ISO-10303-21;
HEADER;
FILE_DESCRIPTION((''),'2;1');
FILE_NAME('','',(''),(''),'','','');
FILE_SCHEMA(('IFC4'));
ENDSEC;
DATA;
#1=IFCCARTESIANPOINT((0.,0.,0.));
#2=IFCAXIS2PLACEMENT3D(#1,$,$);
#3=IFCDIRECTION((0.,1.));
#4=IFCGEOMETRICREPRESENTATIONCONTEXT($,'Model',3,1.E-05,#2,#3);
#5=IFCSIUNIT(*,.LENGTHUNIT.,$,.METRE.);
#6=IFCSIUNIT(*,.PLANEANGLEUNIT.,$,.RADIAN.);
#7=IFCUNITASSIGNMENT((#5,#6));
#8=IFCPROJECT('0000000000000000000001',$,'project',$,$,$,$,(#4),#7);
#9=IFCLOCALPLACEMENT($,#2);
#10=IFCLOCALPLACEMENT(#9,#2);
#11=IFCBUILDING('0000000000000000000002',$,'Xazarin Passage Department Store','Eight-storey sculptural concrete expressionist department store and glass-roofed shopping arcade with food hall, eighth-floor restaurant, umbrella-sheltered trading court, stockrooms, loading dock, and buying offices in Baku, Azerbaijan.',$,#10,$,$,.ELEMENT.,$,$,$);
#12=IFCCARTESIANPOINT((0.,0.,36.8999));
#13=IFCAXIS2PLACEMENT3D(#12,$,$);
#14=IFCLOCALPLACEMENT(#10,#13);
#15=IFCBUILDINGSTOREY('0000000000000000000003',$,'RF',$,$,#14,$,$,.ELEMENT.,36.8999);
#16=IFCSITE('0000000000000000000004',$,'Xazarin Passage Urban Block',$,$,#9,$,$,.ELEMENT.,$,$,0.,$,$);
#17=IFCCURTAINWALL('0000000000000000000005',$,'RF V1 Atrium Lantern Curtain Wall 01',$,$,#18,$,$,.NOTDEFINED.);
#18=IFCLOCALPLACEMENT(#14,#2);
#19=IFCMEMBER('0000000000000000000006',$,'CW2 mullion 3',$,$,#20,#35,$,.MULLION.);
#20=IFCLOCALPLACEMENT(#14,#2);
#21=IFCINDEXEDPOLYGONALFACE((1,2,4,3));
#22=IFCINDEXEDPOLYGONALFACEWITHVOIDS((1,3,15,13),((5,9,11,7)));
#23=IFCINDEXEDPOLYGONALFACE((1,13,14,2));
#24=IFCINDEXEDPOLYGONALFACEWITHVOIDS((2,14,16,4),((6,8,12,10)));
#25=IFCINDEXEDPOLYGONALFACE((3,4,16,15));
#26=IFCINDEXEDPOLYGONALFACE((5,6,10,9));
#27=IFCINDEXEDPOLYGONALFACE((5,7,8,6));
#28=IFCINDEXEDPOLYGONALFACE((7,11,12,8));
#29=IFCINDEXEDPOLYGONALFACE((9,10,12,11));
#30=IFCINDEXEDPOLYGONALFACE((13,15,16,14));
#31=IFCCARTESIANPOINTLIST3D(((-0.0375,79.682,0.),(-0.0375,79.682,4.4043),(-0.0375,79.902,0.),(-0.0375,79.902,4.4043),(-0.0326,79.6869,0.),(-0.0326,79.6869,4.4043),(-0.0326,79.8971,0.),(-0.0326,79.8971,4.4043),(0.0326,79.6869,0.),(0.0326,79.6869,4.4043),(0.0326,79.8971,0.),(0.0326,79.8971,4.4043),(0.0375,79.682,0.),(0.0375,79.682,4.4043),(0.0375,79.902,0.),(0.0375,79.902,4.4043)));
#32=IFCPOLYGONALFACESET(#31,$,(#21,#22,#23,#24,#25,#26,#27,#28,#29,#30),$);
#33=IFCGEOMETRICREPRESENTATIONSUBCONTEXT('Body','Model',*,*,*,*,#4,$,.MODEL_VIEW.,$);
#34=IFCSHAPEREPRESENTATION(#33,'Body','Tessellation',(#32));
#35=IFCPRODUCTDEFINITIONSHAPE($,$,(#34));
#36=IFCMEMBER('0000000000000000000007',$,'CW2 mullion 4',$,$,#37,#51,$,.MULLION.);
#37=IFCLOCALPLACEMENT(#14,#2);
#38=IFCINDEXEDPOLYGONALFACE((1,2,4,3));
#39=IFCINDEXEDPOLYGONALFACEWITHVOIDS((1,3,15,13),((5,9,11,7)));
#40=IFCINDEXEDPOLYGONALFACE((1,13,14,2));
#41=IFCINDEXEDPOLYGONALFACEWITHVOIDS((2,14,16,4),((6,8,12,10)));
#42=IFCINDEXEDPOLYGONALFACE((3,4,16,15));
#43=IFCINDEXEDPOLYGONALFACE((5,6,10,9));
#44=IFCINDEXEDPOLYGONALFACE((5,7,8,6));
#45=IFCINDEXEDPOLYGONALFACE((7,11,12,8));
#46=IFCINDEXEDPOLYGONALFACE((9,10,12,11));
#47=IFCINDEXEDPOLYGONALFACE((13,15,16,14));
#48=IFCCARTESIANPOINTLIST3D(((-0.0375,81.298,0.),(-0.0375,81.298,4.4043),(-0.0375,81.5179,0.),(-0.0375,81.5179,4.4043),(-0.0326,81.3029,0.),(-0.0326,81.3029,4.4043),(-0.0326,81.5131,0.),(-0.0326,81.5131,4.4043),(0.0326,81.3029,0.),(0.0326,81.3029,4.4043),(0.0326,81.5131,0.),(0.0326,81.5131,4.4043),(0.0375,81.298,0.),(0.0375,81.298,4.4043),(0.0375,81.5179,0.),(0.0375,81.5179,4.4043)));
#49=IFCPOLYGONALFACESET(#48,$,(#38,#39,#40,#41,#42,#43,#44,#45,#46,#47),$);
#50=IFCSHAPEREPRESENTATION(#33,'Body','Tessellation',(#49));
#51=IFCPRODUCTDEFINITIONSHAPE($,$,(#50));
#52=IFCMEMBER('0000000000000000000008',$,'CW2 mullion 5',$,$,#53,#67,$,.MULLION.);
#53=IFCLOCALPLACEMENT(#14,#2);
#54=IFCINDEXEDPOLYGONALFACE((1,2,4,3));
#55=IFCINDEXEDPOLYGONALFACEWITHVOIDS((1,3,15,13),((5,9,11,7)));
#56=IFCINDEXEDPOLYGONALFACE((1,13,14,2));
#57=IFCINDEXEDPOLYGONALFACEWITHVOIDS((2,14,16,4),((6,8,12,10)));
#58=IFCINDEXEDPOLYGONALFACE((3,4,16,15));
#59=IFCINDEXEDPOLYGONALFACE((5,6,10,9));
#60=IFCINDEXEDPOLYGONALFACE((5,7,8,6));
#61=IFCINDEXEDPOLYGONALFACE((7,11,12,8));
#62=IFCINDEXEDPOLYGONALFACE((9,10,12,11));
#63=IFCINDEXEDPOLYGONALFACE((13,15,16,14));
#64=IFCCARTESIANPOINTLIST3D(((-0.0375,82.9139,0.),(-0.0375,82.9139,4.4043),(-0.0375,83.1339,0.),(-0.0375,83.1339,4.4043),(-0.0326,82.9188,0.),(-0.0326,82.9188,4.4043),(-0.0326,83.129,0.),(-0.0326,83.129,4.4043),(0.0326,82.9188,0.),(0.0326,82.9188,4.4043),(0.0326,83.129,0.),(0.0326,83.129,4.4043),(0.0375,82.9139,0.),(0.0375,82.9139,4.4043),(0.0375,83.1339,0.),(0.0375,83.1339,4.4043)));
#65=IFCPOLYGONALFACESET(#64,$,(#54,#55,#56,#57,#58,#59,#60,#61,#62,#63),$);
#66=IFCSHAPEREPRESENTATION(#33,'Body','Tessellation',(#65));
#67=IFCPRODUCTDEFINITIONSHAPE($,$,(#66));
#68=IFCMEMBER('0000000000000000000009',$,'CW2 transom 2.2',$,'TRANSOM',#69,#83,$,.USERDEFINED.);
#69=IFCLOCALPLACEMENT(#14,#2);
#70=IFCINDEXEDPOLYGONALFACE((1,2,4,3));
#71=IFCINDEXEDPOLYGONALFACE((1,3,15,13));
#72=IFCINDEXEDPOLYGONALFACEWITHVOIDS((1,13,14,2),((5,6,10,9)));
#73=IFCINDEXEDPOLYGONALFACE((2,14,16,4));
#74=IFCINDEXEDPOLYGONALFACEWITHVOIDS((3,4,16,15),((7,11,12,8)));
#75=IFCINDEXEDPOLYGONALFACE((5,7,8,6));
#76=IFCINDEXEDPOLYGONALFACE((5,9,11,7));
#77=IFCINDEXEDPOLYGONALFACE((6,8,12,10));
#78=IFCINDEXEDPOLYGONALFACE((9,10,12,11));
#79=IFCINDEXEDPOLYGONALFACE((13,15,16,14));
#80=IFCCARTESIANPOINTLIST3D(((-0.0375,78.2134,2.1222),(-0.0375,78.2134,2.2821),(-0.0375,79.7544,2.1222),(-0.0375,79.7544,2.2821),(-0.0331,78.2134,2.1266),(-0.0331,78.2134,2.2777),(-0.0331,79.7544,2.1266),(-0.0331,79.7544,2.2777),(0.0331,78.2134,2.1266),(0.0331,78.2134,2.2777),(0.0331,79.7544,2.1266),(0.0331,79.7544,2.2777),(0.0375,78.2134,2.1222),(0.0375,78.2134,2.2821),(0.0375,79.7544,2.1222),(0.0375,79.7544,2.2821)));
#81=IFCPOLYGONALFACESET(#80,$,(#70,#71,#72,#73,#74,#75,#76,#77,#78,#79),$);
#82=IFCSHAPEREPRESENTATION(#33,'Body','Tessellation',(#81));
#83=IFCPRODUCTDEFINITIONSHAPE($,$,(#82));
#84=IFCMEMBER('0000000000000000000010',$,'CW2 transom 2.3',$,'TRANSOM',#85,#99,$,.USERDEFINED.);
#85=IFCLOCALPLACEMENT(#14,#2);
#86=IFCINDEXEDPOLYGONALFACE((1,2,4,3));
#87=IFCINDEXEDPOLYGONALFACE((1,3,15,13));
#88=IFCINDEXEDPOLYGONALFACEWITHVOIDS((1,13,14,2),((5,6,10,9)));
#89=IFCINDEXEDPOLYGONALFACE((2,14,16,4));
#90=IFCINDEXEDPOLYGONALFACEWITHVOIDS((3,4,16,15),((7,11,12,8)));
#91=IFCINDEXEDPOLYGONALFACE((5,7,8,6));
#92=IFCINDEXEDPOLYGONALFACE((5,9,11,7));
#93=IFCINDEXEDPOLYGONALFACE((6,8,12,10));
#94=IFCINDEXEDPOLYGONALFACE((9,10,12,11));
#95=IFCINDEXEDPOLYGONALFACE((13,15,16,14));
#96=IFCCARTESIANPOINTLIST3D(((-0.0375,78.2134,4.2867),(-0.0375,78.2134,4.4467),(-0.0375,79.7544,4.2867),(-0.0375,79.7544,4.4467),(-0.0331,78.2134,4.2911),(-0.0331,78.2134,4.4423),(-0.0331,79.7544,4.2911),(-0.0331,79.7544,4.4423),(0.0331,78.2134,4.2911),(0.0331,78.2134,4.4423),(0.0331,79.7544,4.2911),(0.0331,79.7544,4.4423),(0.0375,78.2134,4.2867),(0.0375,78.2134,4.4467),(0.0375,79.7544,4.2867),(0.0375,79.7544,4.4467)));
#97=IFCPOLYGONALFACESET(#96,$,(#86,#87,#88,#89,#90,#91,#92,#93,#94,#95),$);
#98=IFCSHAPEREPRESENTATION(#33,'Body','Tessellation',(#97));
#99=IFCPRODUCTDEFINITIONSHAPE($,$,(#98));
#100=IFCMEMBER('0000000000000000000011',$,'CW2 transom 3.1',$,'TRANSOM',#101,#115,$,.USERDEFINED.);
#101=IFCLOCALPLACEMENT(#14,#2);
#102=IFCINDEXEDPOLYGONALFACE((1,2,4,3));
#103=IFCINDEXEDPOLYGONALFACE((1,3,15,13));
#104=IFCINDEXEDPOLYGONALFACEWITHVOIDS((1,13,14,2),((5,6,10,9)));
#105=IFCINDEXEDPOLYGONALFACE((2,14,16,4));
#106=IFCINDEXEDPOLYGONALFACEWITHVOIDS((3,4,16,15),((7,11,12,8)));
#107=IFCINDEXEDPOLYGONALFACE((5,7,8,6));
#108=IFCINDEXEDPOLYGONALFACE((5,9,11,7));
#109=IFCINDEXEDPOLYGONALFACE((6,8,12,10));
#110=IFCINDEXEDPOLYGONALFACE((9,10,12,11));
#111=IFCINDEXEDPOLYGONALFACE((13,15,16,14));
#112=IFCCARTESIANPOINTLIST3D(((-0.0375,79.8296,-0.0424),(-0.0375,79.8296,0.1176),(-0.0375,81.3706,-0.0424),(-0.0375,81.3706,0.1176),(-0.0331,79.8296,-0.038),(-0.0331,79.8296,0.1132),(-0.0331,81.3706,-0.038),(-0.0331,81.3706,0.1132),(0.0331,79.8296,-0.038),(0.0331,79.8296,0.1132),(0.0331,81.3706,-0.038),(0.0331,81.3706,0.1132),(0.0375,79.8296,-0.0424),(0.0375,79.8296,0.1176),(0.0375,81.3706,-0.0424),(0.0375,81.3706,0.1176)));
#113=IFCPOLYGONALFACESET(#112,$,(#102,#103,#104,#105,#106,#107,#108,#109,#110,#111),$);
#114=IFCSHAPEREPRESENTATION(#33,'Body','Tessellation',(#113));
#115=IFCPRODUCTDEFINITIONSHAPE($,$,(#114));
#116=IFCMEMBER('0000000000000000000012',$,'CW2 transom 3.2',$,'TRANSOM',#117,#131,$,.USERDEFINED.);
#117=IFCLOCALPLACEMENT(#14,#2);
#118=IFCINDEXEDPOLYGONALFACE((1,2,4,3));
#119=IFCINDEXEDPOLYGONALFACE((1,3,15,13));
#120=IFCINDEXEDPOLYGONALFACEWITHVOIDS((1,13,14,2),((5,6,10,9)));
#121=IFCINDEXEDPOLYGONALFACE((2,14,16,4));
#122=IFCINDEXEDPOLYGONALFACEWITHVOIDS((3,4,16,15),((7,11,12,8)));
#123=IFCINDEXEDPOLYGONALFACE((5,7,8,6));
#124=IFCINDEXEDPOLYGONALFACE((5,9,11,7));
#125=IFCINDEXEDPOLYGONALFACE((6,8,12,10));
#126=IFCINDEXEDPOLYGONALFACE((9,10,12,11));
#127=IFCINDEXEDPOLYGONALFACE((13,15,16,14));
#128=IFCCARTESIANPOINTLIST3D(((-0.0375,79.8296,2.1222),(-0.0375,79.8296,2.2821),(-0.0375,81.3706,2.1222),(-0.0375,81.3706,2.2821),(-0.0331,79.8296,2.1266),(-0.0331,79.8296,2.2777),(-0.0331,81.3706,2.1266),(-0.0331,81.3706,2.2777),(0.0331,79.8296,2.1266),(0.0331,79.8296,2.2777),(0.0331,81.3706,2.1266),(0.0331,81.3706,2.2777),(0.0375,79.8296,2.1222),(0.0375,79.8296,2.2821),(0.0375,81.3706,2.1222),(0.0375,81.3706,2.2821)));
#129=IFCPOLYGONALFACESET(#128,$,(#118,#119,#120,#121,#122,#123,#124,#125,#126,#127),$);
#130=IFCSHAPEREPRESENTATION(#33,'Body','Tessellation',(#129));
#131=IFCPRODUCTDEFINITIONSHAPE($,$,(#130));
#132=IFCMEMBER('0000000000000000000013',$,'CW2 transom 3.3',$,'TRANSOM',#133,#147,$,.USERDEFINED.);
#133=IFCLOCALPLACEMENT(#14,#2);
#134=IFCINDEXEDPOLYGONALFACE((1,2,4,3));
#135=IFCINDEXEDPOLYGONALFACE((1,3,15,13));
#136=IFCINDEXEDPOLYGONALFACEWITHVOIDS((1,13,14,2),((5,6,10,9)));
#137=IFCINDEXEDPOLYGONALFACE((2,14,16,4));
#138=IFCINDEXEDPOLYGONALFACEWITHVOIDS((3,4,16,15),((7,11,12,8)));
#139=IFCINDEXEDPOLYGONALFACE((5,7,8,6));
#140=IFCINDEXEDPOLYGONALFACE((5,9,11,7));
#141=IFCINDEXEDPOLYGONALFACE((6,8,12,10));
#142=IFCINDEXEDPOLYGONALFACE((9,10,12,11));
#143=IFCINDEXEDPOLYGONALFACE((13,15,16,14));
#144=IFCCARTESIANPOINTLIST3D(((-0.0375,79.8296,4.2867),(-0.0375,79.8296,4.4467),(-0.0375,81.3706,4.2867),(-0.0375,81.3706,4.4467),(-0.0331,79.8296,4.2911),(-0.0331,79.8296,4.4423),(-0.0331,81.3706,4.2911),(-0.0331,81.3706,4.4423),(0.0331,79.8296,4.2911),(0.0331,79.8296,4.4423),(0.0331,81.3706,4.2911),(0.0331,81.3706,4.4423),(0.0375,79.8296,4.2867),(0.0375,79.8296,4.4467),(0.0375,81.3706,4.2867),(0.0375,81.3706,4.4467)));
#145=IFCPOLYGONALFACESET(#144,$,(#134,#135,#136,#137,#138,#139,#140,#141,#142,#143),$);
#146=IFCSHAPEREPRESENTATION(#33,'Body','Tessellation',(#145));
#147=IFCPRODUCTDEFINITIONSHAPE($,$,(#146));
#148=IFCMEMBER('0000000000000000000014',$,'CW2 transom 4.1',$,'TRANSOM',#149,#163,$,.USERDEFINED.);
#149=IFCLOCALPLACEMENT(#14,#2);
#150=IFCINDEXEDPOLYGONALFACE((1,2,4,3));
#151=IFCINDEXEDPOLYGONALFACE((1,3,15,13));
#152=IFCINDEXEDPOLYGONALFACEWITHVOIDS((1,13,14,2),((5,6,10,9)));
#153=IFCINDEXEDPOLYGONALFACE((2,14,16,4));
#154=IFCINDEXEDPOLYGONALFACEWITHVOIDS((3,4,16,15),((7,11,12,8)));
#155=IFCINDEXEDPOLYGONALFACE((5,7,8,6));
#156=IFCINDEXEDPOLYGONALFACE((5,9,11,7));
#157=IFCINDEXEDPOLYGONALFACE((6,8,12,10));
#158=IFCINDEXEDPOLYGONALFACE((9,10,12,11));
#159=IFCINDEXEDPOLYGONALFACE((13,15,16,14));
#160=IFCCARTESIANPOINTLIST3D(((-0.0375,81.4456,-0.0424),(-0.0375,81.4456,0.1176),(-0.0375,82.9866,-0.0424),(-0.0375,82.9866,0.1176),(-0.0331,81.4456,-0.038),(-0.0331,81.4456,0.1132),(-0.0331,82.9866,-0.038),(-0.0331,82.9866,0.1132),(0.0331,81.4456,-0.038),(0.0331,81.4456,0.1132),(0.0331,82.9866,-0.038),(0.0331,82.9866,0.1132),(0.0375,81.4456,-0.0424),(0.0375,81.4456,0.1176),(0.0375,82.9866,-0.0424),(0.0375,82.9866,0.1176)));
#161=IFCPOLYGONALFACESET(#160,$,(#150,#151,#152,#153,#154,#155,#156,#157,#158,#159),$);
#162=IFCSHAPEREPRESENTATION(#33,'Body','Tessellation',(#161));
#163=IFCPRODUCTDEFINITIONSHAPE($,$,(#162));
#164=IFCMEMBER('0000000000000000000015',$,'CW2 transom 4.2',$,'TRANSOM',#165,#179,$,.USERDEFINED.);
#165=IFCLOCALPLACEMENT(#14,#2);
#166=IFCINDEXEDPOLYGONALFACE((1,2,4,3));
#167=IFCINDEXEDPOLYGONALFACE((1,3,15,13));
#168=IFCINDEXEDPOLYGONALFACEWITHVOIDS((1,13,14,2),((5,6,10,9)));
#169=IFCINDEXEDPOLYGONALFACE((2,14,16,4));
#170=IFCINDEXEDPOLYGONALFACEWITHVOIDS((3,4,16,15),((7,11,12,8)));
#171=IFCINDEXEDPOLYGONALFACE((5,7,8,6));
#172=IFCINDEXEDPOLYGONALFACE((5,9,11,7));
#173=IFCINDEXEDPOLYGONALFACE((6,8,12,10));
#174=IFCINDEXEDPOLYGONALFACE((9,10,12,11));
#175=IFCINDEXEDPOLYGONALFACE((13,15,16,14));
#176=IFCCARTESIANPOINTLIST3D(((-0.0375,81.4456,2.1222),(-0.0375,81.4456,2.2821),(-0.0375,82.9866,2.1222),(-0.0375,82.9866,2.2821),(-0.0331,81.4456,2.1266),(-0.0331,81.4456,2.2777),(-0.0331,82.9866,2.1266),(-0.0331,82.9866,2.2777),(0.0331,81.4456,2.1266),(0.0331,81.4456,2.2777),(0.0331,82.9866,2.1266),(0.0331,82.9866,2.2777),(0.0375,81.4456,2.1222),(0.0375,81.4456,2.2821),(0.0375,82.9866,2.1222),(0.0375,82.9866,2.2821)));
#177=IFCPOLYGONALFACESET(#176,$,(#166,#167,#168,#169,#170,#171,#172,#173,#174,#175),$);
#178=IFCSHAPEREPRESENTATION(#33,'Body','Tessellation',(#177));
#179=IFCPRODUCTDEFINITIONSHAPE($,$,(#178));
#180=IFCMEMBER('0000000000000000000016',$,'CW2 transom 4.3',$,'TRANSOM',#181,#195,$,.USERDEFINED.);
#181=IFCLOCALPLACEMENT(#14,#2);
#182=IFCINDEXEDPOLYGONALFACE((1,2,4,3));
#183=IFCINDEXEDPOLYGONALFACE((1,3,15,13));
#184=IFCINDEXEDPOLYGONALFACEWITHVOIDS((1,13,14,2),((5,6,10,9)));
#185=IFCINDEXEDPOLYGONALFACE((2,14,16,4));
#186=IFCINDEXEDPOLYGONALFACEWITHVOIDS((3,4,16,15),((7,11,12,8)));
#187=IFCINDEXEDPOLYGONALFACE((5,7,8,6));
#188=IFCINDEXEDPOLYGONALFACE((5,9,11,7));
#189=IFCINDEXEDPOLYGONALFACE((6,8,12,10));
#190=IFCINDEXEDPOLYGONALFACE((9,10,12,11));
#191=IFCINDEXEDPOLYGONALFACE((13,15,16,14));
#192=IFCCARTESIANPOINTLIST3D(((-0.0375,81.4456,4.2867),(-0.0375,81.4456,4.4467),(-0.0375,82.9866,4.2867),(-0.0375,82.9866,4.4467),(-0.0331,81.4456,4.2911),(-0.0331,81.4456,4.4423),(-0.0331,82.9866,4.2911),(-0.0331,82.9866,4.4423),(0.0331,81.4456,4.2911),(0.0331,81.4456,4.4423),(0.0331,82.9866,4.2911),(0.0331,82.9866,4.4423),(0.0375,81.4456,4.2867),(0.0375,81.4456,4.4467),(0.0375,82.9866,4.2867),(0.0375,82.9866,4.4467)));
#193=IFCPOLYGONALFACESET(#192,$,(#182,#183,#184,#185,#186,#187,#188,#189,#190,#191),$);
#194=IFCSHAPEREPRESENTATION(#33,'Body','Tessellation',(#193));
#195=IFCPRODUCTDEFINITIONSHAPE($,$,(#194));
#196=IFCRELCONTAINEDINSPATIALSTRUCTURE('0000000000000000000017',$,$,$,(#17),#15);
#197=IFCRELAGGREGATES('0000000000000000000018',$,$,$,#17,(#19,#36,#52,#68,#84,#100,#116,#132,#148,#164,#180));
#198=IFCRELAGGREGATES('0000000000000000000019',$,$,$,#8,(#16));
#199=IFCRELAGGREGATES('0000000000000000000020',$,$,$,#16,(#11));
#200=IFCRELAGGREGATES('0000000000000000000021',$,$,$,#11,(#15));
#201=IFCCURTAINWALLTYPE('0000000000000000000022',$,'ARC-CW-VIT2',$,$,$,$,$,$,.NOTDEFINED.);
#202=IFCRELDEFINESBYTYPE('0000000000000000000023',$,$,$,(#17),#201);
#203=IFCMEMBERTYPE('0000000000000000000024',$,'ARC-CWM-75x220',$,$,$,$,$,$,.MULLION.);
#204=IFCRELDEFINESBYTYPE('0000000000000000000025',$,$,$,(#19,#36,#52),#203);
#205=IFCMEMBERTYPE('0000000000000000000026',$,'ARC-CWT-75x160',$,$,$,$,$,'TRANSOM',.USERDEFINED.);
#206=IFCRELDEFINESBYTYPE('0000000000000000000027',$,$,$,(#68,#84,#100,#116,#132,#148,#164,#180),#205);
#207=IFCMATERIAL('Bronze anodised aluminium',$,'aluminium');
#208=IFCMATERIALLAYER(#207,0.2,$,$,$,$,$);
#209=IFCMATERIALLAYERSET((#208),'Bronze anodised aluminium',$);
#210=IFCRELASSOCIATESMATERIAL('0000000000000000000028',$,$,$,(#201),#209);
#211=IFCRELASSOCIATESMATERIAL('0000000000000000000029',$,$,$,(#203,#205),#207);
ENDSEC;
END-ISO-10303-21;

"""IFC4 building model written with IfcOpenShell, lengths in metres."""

from ifc_helpers import new_model, si_unit, direction, frame, origin, origin_2d, place, context, subcontext, project, spatial, hollow_rectangle, extrude, material, layer, layer_set, material_profile, profile_set, type_object, element, aggregate, save


model = new_model("IFC4")

# Units and contexts
model_context = context("Model", 3, precision=1e-05, world=origin(), true_north=direction((0.0, 1.0)))
body_context = subcontext(model_context, "Body", "Model", "MODEL_VIEW")
ifc_project = project(units=[si_unit("LENGTHUNIT", "METRE"), si_unit("PLANEANGLEUNIT", "RADIAN")], contexts=[model_context])

# Site, building, storey
site_placement = place(None, origin())
site = spatial("IfcSite", under=ifc_project, at=site_placement, Name="Xazarin Passage Urban Block", CompositionType="ELEMENT", RefElevation=0.0)
building_placement = place(site_placement, origin())
building = spatial("IfcBuilding", under=site, at=building_placement, Name="Xazarin Passage Department Store", Description="Eight-storey sculptural concrete expressionist department store and glass-roofed shopping arcade with food hall, eighth-floor restaurant, umbrella-sheltered trading court, stockrooms, loading dock, and buying offices in Baku, Azerbaijan.", CompositionType="ELEMENT")
storey_placement = place(building_placement, frame((0.0, 0.0, 36.8999)))
storey = spatial("IfcBuildingStorey", under=building, at=storey_placement, Name="RF", CompositionType="ELEMENT", Elevation=36.8999)

# Curtain wall, members
ifc_material_1 = material(Name="Bronze anodised aluminium", Category="aluminium")
ifc_layer_1 = layer(ifc_material_1, 0.2)
ifc_layer_set_1 = layer_set([ifc_layer_1], Name="Bronze anodised aluminium")
curtain_wall_type = type_object("IfcCurtainWallType", Name="ARC-CW-VIT2", PredefinedType="NOTDEFINED", material=ifc_layer_set_1)
curtain_wall_placement = place(storey_placement, origin())
curtain_wall = element("IfcCurtainWall", 1, at=curtain_wall_placement, inside=storey, type_object=curtain_wall_type, Name="RF V1 Atrium Lantern Curtain Wall 01", PredefinedType="NOTDEFINED")
ifc_material_profile_1 = material_profile(ifc_material_1, hollow_rectangle(XDim=0.075, YDim=0.22, WallThickness=0.0049, at=origin_2d()), Name="ALU 75x220")
ifc_profile_set_1 = profile_set([ifc_material_profile_1], Name="Bronze anodised aluminium")
member_type_1 = type_object("IfcMemberType", Name="ARC-CWM-75x220", PredefinedType="MULLION", material=ifc_profile_set_1)
member_1_placement = place(storey_placement, frame((0.0, 79.792, 0.0), z_axis=(0.0, 0.0, 1.0), x_axis=(-1.0, 0.0, 0.0)))
member_1 = element("IfcMember", 2, at=member_1_placement, type_object=member_type_1, Name="CW2 mullion 3", PredefinedType="MULLION", context=body_context, shape_type="SweptSolid", body=[
    extrude(hollow_rectangle(XDim=0.075, YDim=0.22, WallThickness=0.0049, at=origin_2d()), origin(), (0.0, 0.0, 1.0), 4.4043),
])
member_2_placement = place(storey_placement, frame((0.0, 81.408, 0.0), z_axis=(0.0, 0.0, 1.0), x_axis=(-1.0, 0.0, 0.0)))
member_2 = element("IfcMember", 3, at=member_2_placement, type_object=member_type_1, Name="CW2 mullion 4", PredefinedType="MULLION", context=body_context, shape_type="SweptSolid", body=[
    extrude(hollow_rectangle(XDim=0.075, YDim=0.22, WallThickness=0.0049, at=origin_2d()), origin(), (0.0, 0.0, 1.0), 4.4043),
])
member_3_placement = place(storey_placement, frame((0.0, 83.0239, 0.0), z_axis=(0.0, 0.0, 1.0), x_axis=(-1.0, 0.0, 0.0)))
member_3 = element("IfcMember", 4, at=member_3_placement, type_object=member_type_1, Name="CW2 mullion 5", PredefinedType="MULLION", context=body_context, shape_type="SweptSolid", body=[
    extrude(hollow_rectangle(XDim=0.075, YDim=0.22, WallThickness=0.0049, at=origin_2d()), origin(), (0.0, 0.0, 1.0), 4.4043),
])
ifc_material_profile_2 = material_profile(ifc_material_1, hollow_rectangle(XDim=0.075, YDim=0.1599, WallThickness=0.0044, at=origin_2d()), Name="ALU 75x160")
ifc_profile_set_2 = profile_set([ifc_material_profile_2], Name="Bronze anodised aluminium")
member_type_2 = type_object("IfcMemberType", Name="ARC-CWT-75x160", ElementType="TRANSOM", PredefinedType="USERDEFINED", material=ifc_profile_set_2)
member_4_placement = place(storey_placement, frame((0.0, 78.2134, 2.2021), z_axis=(0.0, 1.0, 0.0), x_axis=(-1.0, 0.0, 0.0)))
member_4 = element("IfcMember", 5, at=member_4_placement, type_object=member_type_2, Name="CW2 transom 2.2", ObjectType="TRANSOM", PredefinedType="USERDEFINED", context=body_context, shape_type="SweptSolid", body=[
    extrude(hollow_rectangle(XDim=0.075, YDim=0.1599, WallThickness=0.0044, at=origin_2d()), origin(), (0.0, 0.0, 1.0), 1.541),
])
member_5_placement = place(storey_placement, frame((0.0, 78.2134, 4.3667), z_axis=(0.0, 1.0, 0.0), x_axis=(-1.0, 0.0, 0.0)))
member_5 = element("IfcMember", 6, at=member_5_placement, type_object=member_type_2, Name="CW2 transom 2.3", ObjectType="TRANSOM", PredefinedType="USERDEFINED", context=body_context, shape_type="SweptSolid", body=[
    extrude(hollow_rectangle(XDim=0.075, YDim=0.1599, WallThickness=0.0044, at=origin_2d()), origin(), (0.0, 0.0, 1.0), 1.541),
])
member_6_placement = place(storey_placement, frame((0.0, 79.8296, 0.0376), z_axis=(0.0, 1.0, 0.0), x_axis=(-1.0, 0.0, 0.0)))
member_6 = element("IfcMember", 7, at=member_6_placement, type_object=member_type_2, Name="CW2 transom 3.1", ObjectType="TRANSOM", PredefinedType="USERDEFINED", context=body_context, shape_type="SweptSolid", body=[
    extrude(hollow_rectangle(XDim=0.075, YDim=0.1599, WallThickness=0.0044, at=origin_2d()), origin(), (0.0, 0.0, 1.0), 1.541),
])
member_7_placement = place(storey_placement, frame((0.0, 79.8296, 2.2021), z_axis=(0.0, 1.0, 0.0), x_axis=(-1.0, 0.0, 0.0)))
member_7 = element("IfcMember", 8, at=member_7_placement, type_object=member_type_2, Name="CW2 transom 3.2", ObjectType="TRANSOM", PredefinedType="USERDEFINED", context=body_context, shape_type="SweptSolid", body=[
    extrude(hollow_rectangle(XDim=0.075, YDim=0.1599, WallThickness=0.0044, at=origin_2d()), origin(), (0.0, 0.0, 1.0), 1.541),
])
member_8_placement = place(storey_placement, frame((0.0, 79.8296, 4.3667), z_axis=(0.0, 1.0, 0.0), x_axis=(-1.0, 0.0, 0.0)))
member_8 = element("IfcMember", 9, at=member_8_placement, type_object=member_type_2, Name="CW2 transom 3.3", ObjectType="TRANSOM", PredefinedType="USERDEFINED", context=body_context, shape_type="SweptSolid", body=[
    extrude(hollow_rectangle(XDim=0.075, YDim=0.1599, WallThickness=0.0044, at=origin_2d()), origin(), (0.0, 0.0, 1.0), 1.541),
])
member_9_placement = place(storey_placement, frame((0.0, 81.4456, 0.0376), z_axis=(0.0, 1.0, 0.0), x_axis=(-1.0, 0.0, 0.0)))
member_9 = element("IfcMember", 10, at=member_9_placement, type_object=member_type_2, Name="CW2 transom 4.1", ObjectType="TRANSOM", PredefinedType="USERDEFINED", context=body_context, shape_type="SweptSolid", body=[
    extrude(hollow_rectangle(XDim=0.075, YDim=0.1599, WallThickness=0.0044, at=origin_2d()), origin(), (0.0, 0.0, 1.0), 1.541),
])
member_10_placement = place(storey_placement, frame((0.0, 81.4456, 2.2021), z_axis=(0.0, 1.0, 0.0), x_axis=(-1.0, 0.0, 0.0)))
member_10 = element("IfcMember", 11, at=member_10_placement, type_object=member_type_2, Name="CW2 transom 4.2", ObjectType="TRANSOM", PredefinedType="USERDEFINED", context=body_context, shape_type="SweptSolid", body=[
    extrude(hollow_rectangle(XDim=0.075, YDim=0.1599, WallThickness=0.0044, at=origin_2d()), origin(), (0.0, 0.0, 1.0), 1.541),
])
member_11_placement = place(storey_placement, frame((0.0, 81.4456, 4.3667), z_axis=(0.0, 1.0, 0.0), x_axis=(-1.0, 0.0, 0.0)))
member_11 = element("IfcMember", 12, at=member_11_placement, type_object=member_type_2, Name="CW2 transom 4.3", ObjectType="TRANSOM", PredefinedType="USERDEFINED", context=body_context, shape_type="SweptSolid", body=[
    extrude(hollow_rectangle(XDim=0.075, YDim=0.1599, WallThickness=0.0044, at=origin_2d()), origin(), (0.0, 0.0, 1.0), 1.541),
])

aggregate(curtain_wall, [member_1, member_2, member_3, member_4, member_5, member_6, member_7, member_8, member_9, member_10, member_11])

save(model, "model.ifc")
